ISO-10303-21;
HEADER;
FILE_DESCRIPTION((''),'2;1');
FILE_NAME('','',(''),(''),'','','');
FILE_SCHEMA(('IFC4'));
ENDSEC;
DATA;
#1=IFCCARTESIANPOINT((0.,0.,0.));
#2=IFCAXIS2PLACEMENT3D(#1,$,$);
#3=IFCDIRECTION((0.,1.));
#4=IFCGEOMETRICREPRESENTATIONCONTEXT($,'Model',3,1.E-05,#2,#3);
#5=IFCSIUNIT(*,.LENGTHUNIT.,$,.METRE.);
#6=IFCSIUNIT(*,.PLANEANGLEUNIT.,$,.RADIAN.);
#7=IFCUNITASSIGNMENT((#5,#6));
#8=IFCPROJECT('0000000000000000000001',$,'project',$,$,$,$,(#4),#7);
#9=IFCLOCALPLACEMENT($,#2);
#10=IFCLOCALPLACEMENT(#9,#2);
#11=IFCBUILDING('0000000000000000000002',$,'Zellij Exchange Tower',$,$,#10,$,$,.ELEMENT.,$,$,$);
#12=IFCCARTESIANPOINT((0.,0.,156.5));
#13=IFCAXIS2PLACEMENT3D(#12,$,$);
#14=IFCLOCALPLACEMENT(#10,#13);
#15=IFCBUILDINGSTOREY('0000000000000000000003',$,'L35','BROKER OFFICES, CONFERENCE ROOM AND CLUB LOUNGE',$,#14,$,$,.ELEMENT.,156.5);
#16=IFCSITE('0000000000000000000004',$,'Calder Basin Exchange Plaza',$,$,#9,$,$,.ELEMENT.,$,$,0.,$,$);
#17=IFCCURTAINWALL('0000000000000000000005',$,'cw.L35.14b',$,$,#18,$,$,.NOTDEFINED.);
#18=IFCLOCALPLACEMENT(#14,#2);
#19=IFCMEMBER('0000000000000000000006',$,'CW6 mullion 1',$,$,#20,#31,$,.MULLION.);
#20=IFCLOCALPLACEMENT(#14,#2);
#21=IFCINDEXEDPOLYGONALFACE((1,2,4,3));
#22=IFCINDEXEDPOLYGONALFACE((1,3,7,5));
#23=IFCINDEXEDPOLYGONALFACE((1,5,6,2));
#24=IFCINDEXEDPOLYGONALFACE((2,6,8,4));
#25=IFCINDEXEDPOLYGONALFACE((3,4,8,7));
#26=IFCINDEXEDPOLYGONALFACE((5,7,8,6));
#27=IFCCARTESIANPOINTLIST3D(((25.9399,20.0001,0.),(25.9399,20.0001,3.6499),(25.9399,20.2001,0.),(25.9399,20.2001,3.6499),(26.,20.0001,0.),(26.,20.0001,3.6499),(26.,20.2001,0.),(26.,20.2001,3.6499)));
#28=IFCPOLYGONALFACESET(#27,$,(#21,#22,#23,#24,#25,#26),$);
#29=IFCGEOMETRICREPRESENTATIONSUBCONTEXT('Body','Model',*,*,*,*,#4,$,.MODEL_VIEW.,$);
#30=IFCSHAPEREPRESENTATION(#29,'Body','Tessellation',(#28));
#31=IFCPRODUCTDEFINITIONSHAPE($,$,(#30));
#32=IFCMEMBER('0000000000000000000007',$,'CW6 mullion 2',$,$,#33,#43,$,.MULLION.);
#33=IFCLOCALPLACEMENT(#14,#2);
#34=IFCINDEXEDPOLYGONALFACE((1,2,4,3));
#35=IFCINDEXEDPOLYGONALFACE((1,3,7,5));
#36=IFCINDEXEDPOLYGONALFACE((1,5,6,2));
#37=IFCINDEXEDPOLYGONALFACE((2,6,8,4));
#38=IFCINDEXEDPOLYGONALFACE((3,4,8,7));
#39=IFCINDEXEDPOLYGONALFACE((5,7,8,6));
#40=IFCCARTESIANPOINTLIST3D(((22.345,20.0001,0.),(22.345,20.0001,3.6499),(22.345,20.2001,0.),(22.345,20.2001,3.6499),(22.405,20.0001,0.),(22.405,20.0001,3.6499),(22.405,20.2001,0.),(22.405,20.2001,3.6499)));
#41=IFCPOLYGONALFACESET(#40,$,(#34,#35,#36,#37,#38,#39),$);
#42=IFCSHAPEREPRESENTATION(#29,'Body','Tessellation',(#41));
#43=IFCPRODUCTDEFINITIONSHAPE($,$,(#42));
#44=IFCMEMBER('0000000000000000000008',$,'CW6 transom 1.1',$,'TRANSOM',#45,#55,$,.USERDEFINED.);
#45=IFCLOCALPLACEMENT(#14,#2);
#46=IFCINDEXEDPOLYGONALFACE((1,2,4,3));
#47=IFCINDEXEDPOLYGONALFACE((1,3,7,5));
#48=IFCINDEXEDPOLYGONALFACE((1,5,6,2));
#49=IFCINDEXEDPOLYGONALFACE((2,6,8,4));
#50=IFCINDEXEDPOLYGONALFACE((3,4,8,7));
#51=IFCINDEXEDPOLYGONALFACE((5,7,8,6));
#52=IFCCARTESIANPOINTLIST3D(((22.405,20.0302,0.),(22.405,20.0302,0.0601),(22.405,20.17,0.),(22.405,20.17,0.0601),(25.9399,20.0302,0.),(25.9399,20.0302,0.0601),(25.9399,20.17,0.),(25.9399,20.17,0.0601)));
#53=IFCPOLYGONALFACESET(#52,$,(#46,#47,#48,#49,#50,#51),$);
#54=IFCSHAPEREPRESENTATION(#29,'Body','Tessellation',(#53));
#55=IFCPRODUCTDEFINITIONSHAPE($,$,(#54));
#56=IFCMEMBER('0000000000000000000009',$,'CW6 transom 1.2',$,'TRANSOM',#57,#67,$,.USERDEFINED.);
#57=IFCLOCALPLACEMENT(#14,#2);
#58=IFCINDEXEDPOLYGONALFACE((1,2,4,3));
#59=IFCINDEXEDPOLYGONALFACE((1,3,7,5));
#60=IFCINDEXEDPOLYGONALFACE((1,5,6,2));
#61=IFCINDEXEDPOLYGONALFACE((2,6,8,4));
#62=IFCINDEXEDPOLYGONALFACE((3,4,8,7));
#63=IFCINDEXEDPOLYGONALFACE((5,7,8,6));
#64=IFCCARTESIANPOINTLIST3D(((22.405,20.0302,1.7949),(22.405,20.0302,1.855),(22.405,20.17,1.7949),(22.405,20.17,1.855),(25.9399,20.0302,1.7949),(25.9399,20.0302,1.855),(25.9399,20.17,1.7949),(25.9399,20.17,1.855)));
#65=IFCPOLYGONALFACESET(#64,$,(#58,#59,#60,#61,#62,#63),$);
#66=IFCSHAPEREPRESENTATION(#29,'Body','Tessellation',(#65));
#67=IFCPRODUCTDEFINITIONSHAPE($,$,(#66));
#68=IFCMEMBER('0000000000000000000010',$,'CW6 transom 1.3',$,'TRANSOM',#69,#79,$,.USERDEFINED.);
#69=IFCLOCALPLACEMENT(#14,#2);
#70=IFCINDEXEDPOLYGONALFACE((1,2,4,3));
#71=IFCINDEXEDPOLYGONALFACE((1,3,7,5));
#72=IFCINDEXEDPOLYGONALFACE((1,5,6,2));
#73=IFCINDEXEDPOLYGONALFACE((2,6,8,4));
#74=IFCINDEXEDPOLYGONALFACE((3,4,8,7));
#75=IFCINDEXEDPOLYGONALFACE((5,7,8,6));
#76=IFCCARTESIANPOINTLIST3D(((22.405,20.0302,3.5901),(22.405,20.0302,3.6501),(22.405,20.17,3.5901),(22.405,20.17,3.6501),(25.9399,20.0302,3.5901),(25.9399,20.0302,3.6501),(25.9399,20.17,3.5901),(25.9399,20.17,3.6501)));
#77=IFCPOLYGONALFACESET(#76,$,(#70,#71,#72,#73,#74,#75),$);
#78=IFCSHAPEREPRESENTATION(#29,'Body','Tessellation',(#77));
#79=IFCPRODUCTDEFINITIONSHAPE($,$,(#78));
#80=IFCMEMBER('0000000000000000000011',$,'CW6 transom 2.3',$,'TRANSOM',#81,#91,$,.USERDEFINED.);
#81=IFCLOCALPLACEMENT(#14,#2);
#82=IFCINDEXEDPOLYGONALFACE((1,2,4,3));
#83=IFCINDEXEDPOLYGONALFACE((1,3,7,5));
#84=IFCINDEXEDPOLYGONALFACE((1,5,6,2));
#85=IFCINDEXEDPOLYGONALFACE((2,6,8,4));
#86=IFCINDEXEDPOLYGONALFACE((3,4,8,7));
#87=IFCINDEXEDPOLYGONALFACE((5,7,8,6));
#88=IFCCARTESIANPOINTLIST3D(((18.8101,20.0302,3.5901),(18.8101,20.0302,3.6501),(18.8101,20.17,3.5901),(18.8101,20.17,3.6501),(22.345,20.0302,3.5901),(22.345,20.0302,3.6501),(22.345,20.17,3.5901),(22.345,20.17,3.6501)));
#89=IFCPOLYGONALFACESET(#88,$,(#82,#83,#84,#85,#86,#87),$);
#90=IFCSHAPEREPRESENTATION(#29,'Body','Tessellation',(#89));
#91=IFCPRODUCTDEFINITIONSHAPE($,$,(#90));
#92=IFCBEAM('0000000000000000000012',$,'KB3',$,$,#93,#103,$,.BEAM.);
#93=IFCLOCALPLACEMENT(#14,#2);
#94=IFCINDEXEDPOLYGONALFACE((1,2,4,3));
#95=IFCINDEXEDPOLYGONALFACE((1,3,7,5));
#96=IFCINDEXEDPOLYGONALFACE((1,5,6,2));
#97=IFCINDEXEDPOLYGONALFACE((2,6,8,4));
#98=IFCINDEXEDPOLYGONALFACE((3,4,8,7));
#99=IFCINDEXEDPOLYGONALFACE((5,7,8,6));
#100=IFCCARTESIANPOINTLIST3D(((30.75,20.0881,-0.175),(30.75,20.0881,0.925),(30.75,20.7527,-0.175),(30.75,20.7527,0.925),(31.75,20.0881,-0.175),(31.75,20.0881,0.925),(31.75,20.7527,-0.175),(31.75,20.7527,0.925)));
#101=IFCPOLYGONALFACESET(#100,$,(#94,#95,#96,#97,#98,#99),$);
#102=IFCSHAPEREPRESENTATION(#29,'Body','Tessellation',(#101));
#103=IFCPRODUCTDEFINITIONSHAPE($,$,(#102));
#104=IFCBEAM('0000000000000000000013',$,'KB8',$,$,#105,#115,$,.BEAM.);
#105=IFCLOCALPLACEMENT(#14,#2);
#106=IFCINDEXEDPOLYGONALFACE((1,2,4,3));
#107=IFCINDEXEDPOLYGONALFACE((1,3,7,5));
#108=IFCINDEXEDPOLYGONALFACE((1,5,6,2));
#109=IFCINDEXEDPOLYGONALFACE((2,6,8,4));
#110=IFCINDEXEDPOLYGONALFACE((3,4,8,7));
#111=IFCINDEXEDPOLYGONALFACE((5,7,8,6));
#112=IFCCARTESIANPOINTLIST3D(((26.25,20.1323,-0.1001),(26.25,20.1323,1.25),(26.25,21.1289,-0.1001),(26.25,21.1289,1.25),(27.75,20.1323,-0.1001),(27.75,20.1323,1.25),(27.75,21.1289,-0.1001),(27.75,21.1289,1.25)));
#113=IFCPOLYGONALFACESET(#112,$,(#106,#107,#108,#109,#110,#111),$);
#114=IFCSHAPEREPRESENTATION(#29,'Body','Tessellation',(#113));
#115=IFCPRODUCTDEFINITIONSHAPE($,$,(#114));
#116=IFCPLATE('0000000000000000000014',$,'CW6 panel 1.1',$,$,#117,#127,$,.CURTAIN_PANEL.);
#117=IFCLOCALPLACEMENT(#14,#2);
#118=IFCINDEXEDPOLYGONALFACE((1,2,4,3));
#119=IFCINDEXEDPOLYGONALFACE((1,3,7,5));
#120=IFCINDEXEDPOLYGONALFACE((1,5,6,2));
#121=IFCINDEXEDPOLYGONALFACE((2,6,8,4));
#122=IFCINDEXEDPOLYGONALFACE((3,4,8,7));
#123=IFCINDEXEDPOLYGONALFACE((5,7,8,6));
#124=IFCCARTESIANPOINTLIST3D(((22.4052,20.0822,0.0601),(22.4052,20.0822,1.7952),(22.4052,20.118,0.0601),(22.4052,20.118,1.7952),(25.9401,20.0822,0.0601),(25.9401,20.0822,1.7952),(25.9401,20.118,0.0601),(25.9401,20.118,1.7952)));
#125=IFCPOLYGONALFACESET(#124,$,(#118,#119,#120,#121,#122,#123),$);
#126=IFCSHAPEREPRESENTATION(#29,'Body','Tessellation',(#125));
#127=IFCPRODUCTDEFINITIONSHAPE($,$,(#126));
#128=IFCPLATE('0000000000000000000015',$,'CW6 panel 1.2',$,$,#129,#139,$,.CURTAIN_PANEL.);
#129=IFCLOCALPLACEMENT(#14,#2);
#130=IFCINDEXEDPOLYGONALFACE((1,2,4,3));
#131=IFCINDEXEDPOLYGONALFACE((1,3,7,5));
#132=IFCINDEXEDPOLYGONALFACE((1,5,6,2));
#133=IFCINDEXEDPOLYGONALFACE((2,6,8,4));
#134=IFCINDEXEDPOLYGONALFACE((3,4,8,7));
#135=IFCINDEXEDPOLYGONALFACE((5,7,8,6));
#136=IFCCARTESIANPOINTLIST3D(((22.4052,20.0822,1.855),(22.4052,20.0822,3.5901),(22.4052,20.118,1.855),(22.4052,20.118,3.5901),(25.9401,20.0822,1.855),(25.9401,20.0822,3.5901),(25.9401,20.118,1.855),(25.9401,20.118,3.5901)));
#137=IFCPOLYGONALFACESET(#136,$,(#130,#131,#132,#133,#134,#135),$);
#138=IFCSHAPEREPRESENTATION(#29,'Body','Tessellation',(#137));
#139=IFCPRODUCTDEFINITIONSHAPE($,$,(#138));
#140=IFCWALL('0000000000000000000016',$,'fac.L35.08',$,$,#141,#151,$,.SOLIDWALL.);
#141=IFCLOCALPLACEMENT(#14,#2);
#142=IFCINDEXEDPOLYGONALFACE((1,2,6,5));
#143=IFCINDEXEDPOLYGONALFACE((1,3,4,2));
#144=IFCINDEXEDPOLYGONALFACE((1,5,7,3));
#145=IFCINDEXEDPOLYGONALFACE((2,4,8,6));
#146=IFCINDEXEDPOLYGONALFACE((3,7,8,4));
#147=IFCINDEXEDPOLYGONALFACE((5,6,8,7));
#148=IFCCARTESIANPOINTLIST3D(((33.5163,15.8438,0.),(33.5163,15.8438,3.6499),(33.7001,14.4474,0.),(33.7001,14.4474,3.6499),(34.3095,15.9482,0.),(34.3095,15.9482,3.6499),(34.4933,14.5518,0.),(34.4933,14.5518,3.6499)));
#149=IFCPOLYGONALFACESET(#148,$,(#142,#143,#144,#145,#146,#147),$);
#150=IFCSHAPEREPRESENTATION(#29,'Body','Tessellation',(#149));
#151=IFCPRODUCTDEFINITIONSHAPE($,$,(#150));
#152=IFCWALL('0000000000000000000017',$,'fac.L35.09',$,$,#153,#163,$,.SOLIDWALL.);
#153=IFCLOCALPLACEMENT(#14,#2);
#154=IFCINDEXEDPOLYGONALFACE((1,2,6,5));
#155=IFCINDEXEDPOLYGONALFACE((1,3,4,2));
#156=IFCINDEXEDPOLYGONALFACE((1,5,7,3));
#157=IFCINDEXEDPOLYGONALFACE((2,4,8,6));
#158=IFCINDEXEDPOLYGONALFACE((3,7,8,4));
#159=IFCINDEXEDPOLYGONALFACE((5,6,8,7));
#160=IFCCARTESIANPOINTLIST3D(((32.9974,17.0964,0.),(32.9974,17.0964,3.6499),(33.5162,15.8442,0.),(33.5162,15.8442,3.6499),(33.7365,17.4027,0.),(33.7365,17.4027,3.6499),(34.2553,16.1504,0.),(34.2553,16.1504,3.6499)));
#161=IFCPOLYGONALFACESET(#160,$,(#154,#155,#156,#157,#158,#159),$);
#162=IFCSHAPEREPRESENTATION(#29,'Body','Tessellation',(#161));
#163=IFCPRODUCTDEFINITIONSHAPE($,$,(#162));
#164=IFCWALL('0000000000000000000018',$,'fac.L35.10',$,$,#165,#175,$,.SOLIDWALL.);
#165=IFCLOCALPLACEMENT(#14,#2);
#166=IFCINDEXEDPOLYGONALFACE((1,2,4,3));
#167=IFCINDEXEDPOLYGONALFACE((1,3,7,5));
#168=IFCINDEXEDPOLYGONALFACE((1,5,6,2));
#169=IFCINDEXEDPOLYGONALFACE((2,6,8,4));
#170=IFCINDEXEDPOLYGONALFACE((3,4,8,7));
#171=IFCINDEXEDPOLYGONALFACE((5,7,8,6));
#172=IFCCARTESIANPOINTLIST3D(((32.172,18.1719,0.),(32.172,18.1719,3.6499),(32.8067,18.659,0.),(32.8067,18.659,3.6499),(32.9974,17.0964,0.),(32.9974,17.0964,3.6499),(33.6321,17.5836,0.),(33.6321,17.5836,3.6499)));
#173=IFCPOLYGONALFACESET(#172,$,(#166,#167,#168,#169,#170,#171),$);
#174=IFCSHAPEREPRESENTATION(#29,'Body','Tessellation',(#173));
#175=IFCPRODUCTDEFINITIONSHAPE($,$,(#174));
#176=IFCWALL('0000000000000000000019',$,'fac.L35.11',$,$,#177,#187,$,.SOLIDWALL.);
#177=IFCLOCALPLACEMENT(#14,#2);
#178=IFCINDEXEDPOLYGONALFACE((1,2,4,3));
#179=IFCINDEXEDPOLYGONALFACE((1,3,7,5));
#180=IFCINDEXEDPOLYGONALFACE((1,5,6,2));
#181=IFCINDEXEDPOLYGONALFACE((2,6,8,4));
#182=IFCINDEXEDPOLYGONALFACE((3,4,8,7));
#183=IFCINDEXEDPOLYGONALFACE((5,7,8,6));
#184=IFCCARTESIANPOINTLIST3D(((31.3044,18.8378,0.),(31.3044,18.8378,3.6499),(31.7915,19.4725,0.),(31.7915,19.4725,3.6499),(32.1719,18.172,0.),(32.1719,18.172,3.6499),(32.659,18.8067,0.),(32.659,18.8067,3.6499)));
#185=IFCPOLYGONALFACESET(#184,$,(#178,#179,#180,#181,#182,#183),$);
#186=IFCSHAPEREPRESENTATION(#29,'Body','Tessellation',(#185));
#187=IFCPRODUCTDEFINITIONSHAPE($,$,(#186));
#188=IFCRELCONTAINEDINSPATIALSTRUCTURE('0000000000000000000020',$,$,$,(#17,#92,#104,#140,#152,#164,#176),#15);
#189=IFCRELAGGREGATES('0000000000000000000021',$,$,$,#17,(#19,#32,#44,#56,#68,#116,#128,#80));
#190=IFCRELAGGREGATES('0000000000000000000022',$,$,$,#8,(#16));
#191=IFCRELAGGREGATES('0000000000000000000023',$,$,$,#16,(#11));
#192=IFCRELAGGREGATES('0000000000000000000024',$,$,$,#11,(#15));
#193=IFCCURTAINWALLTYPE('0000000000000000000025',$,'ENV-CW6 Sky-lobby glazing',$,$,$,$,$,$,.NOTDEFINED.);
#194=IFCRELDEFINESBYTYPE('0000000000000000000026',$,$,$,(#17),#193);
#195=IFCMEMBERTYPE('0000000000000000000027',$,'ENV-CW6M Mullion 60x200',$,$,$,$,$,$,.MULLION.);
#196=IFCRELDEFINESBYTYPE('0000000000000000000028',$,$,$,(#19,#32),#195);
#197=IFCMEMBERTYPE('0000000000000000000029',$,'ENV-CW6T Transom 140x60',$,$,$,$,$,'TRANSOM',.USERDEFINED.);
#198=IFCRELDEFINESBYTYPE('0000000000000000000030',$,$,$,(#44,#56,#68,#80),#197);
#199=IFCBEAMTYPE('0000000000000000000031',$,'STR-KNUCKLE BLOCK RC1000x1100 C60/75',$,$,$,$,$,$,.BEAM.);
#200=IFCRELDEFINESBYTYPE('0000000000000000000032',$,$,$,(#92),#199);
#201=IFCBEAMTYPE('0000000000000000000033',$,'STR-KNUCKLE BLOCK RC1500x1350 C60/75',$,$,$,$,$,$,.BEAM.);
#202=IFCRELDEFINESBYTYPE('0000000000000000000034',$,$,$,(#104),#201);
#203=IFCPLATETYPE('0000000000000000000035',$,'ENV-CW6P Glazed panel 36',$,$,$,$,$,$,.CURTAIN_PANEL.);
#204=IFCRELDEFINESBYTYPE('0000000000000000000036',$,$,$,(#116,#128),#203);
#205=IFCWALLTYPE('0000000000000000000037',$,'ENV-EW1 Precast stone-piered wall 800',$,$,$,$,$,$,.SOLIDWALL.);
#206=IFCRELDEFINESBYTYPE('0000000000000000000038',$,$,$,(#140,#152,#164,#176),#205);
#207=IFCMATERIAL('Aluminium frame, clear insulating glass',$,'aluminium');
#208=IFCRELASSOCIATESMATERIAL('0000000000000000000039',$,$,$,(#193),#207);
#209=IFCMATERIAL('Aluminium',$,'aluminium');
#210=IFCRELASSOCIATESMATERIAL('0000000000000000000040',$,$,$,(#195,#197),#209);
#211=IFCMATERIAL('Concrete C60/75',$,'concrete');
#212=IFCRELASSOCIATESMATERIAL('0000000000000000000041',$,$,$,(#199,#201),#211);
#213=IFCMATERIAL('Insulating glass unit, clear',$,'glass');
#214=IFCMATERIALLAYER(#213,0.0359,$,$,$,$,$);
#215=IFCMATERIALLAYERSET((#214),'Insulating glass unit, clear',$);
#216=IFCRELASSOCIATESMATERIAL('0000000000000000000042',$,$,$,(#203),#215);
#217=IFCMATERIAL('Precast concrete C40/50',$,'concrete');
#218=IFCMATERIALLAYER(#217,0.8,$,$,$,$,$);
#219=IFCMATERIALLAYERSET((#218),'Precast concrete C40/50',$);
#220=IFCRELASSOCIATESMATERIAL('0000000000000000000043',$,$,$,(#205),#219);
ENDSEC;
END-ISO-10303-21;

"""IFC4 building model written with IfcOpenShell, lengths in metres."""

from ifc_helpers import new_model, si_unit, direction, frame, frame_2d, origin, origin_2d, place, context, subcontext, project, spatial, rectangle, extrude, material, layer, layer_set, material_profile, profile_set, type_object, element, aggregate, save


model = new_model("IFC4")

# Units and contexts
model_context = context("Model", 3, precision=1e-05, world=origin(), true_north=direction((0.0, 1.0)))
body_context = subcontext(model_context, "Body", "Model", "MODEL_VIEW")
ifc_project = project(units=[si_unit("LENGTHUNIT", "METRE"), si_unit("PLANEANGLEUNIT", "RADIAN")], contexts=[model_context])

# Site, building, storey
site_placement = place(None, origin())
site = spatial("IfcSite", under=ifc_project, at=site_placement, Name="Calder Basin Exchange Plaza", CompositionType="ELEMENT", RefElevation=0.0)
building_placement = place(site_placement, origin())
building = spatial("IfcBuilding", under=site, at=building_placement, Name="Zellij Exchange Tower", CompositionType="ELEMENT")
storey_placement = place(building_placement, frame((0.0, 0.0, 156.5)))
storey = spatial("IfcBuildingStorey", under=building, at=storey_placement, Name="L35", Description="BROKER OFFICES, CONFERENCE ROOM AND CLUB LOUNGE", CompositionType="ELEMENT", Elevation=156.5)

# Shared definitions
ifc_material_1 = material(Name="Concrete C60/75", Category="concrete")

# Curtain wall, members
ifc_material_2 = material(Name="Aluminium frame, clear insulating glass", Category="aluminium")
curtain_wall_type = type_object("IfcCurtainWallType", Name="ENV-CW6 Sky-lobby glazing", PredefinedType="NOTDEFINED", material=ifc_material_2)
curtain_wall_placement = place(storey_placement, origin())
curtain_wall = element("IfcCurtainWall", 1, at=curtain_wall_placement, inside=storey, type_object=curtain_wall_type, Name="cw.L35.14b", PredefinedType="NOTDEFINED")
ifc_material_3 = material(Name="Aluminium", Category="aluminium")
ifc_material_profile_1 = material_profile(ifc_material_3, rectangle(XDim=0.0601, YDim=0.2, at=origin_2d()), Name="AL 60x200")
ifc_profile_set_1 = profile_set([ifc_material_profile_1], Name="Aluminium")
member_type_1 = type_object("IfcMemberType", Name="ENV-CW6M Mullion 60x200", PredefinedType="MULLION", material=ifc_profile_set_1)
member_1_placement = place(storey_placement, frame((25.97, 20.1001, 0.0), z_axis=(0.0, 0.0, 1.0), x_axis=(-1.0, 0.0, 0.0)))
member_1 = element("IfcMember", 2, at=member_1_placement, type_object=member_type_1, Name="CW6 mullion 1", PredefinedType="MULLION", context=body_context, shape_type="SweptSolid", body=[
    extrude(rectangle(XDim=0.0601, YDim=0.2, at=origin_2d()), origin(), (0.0, 0.0, 1.0), 3.6499),
])
member_2_placement = place(storey_placement, frame((22.375, 20.1001, 0.0), z_axis=(0.0, 0.0, 1.0), x_axis=(-1.0, 0.0, 0.0)))
member_2 = element("IfcMember", 3, at=member_2_placement, type_object=member_type_1, Name="CW6 mullion 2", PredefinedType="MULLION", context=body_context, shape_type="SweptSolid", body=[
    extrude(rectangle(XDim=0.0601, YDim=0.2, at=origin_2d()), origin(), (0.0, 0.0, 1.0), 3.6499),
])
ifc_material_profile_2 = material_profile(ifc_material_3, rectangle(XDim=0.1399, YDim=0.0601, at=origin_2d()), Name="AL 140x60")
ifc_profile_set_2 = profile_set([ifc_material_profile_2], Name="Aluminium")
member_type_2 = type_object("IfcMemberType", Name="ENV-CW6T Transom 140x60", ElementType="TRANSOM", PredefinedType="USERDEFINED", material=ifc_profile_set_2)
member_3_placement = place(storey_placement, frame((25.9399, 20.1001, 0.03), z_axis=(-1.0, 0.0, 0.0), x_axis=(0.0, -1.0, 0.0)))
member_3 = element("IfcMember", 4, at=member_3_placement, type_object=member_type_2, Name="CW6 transom 1.1", ObjectType="TRANSOM", PredefinedType="USERDEFINED", context=body_context, shape_type="SweptSolid", body=[
    extrude(rectangle(XDim=0.1399, YDim=0.0601, at=origin_2d()), origin(), (0.0, 0.0, 1.0), 3.5349),
])
member_4_placement = place(storey_placement, frame((25.9399, 20.1001, 1.825), z_axis=(-1.0, 0.0, 0.0), x_axis=(0.0, -1.0, 0.0)))
member_4 = element("IfcMember", 5, at=member_4_placement, type_object=member_type_2, Name="CW6 transom 1.2", ObjectType="TRANSOM", PredefinedType="USERDEFINED", context=body_context, shape_type="SweptSolid", body=[
    extrude(rectangle(XDim=0.1399, YDim=0.0601, at=origin_2d()), origin(), (0.0, 0.0, 1.0), 3.5349),
])
member_5_placement = place(storey_placement, frame((25.9399, 20.1001, 3.6201), z_axis=(-1.0, 0.0, 0.0), x_axis=(0.0, -1.0, 0.0)))
member_5 = element("IfcMember", 6, at=member_5_placement, type_object=member_type_2, Name="CW6 transom 1.3", ObjectType="TRANSOM", PredefinedType="USERDEFINED", context=body_context, shape_type="SweptSolid", body=[
    extrude(rectangle(XDim=0.1399, YDim=0.0601, at=origin_2d()), origin(), (0.0, 0.0, 1.0), 3.5349),
])
member_6_placement = place(storey_placement, frame((22.345, 20.1001, 3.6201), z_axis=(-1.0, 0.0, 0.0), x_axis=(0.0, -1.0, 0.0)))
member_6 = element("IfcMember", 7, at=member_6_placement, type_object=member_type_2, Name="CW6 transom 2.3", ObjectType="TRANSOM", PredefinedType="USERDEFINED", context=body_context, shape_type="SweptSolid", body=[
    extrude(rectangle(XDim=0.1399, YDim=0.0601, at=origin_2d()), origin(), (0.0, 0.0, 1.0), 3.5349),
])

# Beams
ifc_material_profile_3 = material_profile(ifc_material_1, rectangle(XDim=1.0, YDim=1.1001, at=origin_2d()), Name="STR-KNUCKLE BLOCK RC1000x1100 C60/75")
ifc_profile_set_3 = profile_set([ifc_material_profile_3], Name="Concrete C60/75")
beam_type_1 = type_object("IfcBeamType", Name="STR-KNUCKLE BLOCK RC1000x1100 C60/75", PredefinedType="BEAM", material=ifc_profile_set_3)
beam_1_placement = place(storey_placement, frame((31.25, 20.0881, 0.375), z_axis=(0.0, 1.0, 0.0), x_axis=(-1.0, 0.0, 0.0)))
element("IfcBeam", 8, at=beam_1_placement, inside=storey, type_object=beam_type_1, Name="KB3", PredefinedType="BEAM", context=body_context, shape_type="SweptSolid", body=[
    extrude(rectangle(XDim=1.0, YDim=1.1001, at=origin_2d()), origin(), (0.0, 0.0, 1.0), 0.6646),
])
ifc_material_profile_4 = material_profile(ifc_material_1, rectangle(XDim=1.5, YDim=1.3501, at=origin_2d()), Name="STR-KNUCKLE BLOCK RC1500x1350 C60/75")
ifc_profile_set_4 = profile_set([ifc_material_profile_4], Name="Concrete C60/75")
beam_type_2 = type_object("IfcBeamType", Name="STR-KNUCKLE BLOCK RC1500x1350 C60/75", PredefinedType="BEAM", material=ifc_profile_set_4)
beam_2_placement = place(storey_placement, frame((27.0, 20.1323, 0.575), z_axis=(0.0, 1.0, 0.0), x_axis=(-1.0, 0.0, 0.0)))
element("IfcBeam", 9, at=beam_2_placement, inside=storey, type_object=beam_type_2, Name="KB8", PredefinedType="BEAM", context=body_context, shape_type="SweptSolid", body=[
    extrude(rectangle(XDim=1.5, YDim=1.3501, at=origin_2d()), origin(), (0.0, 0.0, 1.0), 0.9966),
])

# Plates
ifc_material_4 = material(Name="Insulating glass unit, clear", Category="glass")
ifc_layer_1 = layer(ifc_material_4, 0.0359)
ifc_layer_set_1 = layer_set([ifc_layer_1], Name="Insulating glass unit, clear")
plate_type = type_object("IfcPlateType", Name="ENV-CW6P Glazed panel 36", PredefinedType="CURTAIN_PANEL", material=ifc_layer_set_1)
plate_1_placement = place(storey_placement, frame((24.1726, 20.1001, 0.0601), z_axis=(0.0, 0.0, 1.0), x_axis=(-1.0, 0.0, 0.0)))
plate_1 = element("IfcPlate", 10, at=plate_1_placement, type_object=plate_type, Name="CW6 panel 1.1", PredefinedType="CURTAIN_PANEL", context=body_context, shape_type="SweptSolid", body=[
    extrude(rectangle(XDim=3.5349, YDim=0.0359, at=origin_2d()), origin(), (0.0, 0.0, 1.0), 1.7351),
])
plate_2_placement = place(storey_placement, frame((24.1726, 20.1001, 1.855), z_axis=(0.0, 0.0, 1.0), x_axis=(-1.0, 0.0, 0.0)))
plate_2 = element("IfcPlate", 11, at=plate_2_placement, type_object=plate_type, Name="CW6 panel 1.2", PredefinedType="CURTAIN_PANEL", context=body_context, shape_type="SweptSolid", body=[
    extrude(rectangle(XDim=3.5349, YDim=0.0359, at=origin_2d()), origin(), (0.0, 0.0, 1.0), 1.7351),
])
aggregate(curtain_wall, [member_1, member_2, member_3, member_4, member_5, plate_1, plate_2, member_6])

# Walls
ifc_material_5 = material(Name="Precast concrete C40/50", Category="concrete")
ifc_layer_2 = layer(ifc_material_5, 0.8)
ifc_layer_set_2 = layer_set([ifc_layer_2], Name="Precast concrete C40/50")
wall_type_1 = type_object("IfcWallType", Name="ENV-EW1 Precast stone-piered wall 800", PredefinedType="SOLIDWALL", material=ifc_layer_set_2)
wall_1_placement = place(storey_placement, frame((34.0967, 14.4998, 0.0), z_axis=(0.0, 0.0, 1.0), x_axis=(-0.130517, 0.991446, 0.0)))
element("IfcWall", 12, at=wall_1_placement, inside=storey, type_object=wall_type_1, Name="fac.L35.08", PredefinedType="SOLIDWALL", context=body_context, shape_type="SweptSolid", body=[
    extrude(rectangle(XDim=1.4084, YDim=0.8, at=frame_2d((0.7041, 0.0))), origin(), (0.0, 0.0, 1.0), 3.6499),
])
wall_2_placement = place(storey_placement, frame((33.8857, 15.9973, 0.0), z_axis=(0.0, 0.0, 1.0), x_axis=(-0.38276, 0.923848, 0.0)))
element("IfcWall", 13, at=wall_2_placement, inside=storey, type_object=wall_type_1, Name="fac.L35.09", PredefinedType="SOLIDWALL", context=body_context, shape_type="SweptSolid", body=[
    extrude(rectangle(XDim=1.3555, YDim=0.8, at=frame_2d((0.6777, 0.0))), origin(), (0.0, 0.0, 1.0), 3.6499),
])
wall_3_placement = place(storey_placement, frame((33.3147, 17.3401, 0.0), z_axis=(0.0, 0.0, 1.0), x_axis=(-0.608866, 0.793273, 0.0)))
element("IfcWall", 14, at=wall_3_placement, inside=storey, type_object=wall_type_1, Name="fac.L35.10", PredefinedType="SOLIDWALL", context=body_context, shape_type="SweptSolid", body=[
    extrude(rectangle(XDim=1.3557, YDim=0.8, at=frame_2d((0.6777, 0.0))), origin(), (0.0, 0.0, 1.0), 3.6499),
])
wall_4_placement = place(storey_placement, frame((32.4155, 18.4893, 0.0), z_axis=(0.0, 0.0, 1.0), x_axis=(-0.793279, 0.608858, 0.0)))
element("IfcWall", 15, at=wall_4_placement, inside=storey, type_object=wall_type_1, Name="fac.L35.11", PredefinedType="SOLIDWALL", context=body_context, shape_type="SweptSolid", body=[
    extrude(rectangle(XDim=1.0935, YDim=0.8, at=frame_2d((0.5469, 0.0))), origin(), (0.0, 0.0, 1.0), 3.6499),
])

save(model, "model.ifc")
